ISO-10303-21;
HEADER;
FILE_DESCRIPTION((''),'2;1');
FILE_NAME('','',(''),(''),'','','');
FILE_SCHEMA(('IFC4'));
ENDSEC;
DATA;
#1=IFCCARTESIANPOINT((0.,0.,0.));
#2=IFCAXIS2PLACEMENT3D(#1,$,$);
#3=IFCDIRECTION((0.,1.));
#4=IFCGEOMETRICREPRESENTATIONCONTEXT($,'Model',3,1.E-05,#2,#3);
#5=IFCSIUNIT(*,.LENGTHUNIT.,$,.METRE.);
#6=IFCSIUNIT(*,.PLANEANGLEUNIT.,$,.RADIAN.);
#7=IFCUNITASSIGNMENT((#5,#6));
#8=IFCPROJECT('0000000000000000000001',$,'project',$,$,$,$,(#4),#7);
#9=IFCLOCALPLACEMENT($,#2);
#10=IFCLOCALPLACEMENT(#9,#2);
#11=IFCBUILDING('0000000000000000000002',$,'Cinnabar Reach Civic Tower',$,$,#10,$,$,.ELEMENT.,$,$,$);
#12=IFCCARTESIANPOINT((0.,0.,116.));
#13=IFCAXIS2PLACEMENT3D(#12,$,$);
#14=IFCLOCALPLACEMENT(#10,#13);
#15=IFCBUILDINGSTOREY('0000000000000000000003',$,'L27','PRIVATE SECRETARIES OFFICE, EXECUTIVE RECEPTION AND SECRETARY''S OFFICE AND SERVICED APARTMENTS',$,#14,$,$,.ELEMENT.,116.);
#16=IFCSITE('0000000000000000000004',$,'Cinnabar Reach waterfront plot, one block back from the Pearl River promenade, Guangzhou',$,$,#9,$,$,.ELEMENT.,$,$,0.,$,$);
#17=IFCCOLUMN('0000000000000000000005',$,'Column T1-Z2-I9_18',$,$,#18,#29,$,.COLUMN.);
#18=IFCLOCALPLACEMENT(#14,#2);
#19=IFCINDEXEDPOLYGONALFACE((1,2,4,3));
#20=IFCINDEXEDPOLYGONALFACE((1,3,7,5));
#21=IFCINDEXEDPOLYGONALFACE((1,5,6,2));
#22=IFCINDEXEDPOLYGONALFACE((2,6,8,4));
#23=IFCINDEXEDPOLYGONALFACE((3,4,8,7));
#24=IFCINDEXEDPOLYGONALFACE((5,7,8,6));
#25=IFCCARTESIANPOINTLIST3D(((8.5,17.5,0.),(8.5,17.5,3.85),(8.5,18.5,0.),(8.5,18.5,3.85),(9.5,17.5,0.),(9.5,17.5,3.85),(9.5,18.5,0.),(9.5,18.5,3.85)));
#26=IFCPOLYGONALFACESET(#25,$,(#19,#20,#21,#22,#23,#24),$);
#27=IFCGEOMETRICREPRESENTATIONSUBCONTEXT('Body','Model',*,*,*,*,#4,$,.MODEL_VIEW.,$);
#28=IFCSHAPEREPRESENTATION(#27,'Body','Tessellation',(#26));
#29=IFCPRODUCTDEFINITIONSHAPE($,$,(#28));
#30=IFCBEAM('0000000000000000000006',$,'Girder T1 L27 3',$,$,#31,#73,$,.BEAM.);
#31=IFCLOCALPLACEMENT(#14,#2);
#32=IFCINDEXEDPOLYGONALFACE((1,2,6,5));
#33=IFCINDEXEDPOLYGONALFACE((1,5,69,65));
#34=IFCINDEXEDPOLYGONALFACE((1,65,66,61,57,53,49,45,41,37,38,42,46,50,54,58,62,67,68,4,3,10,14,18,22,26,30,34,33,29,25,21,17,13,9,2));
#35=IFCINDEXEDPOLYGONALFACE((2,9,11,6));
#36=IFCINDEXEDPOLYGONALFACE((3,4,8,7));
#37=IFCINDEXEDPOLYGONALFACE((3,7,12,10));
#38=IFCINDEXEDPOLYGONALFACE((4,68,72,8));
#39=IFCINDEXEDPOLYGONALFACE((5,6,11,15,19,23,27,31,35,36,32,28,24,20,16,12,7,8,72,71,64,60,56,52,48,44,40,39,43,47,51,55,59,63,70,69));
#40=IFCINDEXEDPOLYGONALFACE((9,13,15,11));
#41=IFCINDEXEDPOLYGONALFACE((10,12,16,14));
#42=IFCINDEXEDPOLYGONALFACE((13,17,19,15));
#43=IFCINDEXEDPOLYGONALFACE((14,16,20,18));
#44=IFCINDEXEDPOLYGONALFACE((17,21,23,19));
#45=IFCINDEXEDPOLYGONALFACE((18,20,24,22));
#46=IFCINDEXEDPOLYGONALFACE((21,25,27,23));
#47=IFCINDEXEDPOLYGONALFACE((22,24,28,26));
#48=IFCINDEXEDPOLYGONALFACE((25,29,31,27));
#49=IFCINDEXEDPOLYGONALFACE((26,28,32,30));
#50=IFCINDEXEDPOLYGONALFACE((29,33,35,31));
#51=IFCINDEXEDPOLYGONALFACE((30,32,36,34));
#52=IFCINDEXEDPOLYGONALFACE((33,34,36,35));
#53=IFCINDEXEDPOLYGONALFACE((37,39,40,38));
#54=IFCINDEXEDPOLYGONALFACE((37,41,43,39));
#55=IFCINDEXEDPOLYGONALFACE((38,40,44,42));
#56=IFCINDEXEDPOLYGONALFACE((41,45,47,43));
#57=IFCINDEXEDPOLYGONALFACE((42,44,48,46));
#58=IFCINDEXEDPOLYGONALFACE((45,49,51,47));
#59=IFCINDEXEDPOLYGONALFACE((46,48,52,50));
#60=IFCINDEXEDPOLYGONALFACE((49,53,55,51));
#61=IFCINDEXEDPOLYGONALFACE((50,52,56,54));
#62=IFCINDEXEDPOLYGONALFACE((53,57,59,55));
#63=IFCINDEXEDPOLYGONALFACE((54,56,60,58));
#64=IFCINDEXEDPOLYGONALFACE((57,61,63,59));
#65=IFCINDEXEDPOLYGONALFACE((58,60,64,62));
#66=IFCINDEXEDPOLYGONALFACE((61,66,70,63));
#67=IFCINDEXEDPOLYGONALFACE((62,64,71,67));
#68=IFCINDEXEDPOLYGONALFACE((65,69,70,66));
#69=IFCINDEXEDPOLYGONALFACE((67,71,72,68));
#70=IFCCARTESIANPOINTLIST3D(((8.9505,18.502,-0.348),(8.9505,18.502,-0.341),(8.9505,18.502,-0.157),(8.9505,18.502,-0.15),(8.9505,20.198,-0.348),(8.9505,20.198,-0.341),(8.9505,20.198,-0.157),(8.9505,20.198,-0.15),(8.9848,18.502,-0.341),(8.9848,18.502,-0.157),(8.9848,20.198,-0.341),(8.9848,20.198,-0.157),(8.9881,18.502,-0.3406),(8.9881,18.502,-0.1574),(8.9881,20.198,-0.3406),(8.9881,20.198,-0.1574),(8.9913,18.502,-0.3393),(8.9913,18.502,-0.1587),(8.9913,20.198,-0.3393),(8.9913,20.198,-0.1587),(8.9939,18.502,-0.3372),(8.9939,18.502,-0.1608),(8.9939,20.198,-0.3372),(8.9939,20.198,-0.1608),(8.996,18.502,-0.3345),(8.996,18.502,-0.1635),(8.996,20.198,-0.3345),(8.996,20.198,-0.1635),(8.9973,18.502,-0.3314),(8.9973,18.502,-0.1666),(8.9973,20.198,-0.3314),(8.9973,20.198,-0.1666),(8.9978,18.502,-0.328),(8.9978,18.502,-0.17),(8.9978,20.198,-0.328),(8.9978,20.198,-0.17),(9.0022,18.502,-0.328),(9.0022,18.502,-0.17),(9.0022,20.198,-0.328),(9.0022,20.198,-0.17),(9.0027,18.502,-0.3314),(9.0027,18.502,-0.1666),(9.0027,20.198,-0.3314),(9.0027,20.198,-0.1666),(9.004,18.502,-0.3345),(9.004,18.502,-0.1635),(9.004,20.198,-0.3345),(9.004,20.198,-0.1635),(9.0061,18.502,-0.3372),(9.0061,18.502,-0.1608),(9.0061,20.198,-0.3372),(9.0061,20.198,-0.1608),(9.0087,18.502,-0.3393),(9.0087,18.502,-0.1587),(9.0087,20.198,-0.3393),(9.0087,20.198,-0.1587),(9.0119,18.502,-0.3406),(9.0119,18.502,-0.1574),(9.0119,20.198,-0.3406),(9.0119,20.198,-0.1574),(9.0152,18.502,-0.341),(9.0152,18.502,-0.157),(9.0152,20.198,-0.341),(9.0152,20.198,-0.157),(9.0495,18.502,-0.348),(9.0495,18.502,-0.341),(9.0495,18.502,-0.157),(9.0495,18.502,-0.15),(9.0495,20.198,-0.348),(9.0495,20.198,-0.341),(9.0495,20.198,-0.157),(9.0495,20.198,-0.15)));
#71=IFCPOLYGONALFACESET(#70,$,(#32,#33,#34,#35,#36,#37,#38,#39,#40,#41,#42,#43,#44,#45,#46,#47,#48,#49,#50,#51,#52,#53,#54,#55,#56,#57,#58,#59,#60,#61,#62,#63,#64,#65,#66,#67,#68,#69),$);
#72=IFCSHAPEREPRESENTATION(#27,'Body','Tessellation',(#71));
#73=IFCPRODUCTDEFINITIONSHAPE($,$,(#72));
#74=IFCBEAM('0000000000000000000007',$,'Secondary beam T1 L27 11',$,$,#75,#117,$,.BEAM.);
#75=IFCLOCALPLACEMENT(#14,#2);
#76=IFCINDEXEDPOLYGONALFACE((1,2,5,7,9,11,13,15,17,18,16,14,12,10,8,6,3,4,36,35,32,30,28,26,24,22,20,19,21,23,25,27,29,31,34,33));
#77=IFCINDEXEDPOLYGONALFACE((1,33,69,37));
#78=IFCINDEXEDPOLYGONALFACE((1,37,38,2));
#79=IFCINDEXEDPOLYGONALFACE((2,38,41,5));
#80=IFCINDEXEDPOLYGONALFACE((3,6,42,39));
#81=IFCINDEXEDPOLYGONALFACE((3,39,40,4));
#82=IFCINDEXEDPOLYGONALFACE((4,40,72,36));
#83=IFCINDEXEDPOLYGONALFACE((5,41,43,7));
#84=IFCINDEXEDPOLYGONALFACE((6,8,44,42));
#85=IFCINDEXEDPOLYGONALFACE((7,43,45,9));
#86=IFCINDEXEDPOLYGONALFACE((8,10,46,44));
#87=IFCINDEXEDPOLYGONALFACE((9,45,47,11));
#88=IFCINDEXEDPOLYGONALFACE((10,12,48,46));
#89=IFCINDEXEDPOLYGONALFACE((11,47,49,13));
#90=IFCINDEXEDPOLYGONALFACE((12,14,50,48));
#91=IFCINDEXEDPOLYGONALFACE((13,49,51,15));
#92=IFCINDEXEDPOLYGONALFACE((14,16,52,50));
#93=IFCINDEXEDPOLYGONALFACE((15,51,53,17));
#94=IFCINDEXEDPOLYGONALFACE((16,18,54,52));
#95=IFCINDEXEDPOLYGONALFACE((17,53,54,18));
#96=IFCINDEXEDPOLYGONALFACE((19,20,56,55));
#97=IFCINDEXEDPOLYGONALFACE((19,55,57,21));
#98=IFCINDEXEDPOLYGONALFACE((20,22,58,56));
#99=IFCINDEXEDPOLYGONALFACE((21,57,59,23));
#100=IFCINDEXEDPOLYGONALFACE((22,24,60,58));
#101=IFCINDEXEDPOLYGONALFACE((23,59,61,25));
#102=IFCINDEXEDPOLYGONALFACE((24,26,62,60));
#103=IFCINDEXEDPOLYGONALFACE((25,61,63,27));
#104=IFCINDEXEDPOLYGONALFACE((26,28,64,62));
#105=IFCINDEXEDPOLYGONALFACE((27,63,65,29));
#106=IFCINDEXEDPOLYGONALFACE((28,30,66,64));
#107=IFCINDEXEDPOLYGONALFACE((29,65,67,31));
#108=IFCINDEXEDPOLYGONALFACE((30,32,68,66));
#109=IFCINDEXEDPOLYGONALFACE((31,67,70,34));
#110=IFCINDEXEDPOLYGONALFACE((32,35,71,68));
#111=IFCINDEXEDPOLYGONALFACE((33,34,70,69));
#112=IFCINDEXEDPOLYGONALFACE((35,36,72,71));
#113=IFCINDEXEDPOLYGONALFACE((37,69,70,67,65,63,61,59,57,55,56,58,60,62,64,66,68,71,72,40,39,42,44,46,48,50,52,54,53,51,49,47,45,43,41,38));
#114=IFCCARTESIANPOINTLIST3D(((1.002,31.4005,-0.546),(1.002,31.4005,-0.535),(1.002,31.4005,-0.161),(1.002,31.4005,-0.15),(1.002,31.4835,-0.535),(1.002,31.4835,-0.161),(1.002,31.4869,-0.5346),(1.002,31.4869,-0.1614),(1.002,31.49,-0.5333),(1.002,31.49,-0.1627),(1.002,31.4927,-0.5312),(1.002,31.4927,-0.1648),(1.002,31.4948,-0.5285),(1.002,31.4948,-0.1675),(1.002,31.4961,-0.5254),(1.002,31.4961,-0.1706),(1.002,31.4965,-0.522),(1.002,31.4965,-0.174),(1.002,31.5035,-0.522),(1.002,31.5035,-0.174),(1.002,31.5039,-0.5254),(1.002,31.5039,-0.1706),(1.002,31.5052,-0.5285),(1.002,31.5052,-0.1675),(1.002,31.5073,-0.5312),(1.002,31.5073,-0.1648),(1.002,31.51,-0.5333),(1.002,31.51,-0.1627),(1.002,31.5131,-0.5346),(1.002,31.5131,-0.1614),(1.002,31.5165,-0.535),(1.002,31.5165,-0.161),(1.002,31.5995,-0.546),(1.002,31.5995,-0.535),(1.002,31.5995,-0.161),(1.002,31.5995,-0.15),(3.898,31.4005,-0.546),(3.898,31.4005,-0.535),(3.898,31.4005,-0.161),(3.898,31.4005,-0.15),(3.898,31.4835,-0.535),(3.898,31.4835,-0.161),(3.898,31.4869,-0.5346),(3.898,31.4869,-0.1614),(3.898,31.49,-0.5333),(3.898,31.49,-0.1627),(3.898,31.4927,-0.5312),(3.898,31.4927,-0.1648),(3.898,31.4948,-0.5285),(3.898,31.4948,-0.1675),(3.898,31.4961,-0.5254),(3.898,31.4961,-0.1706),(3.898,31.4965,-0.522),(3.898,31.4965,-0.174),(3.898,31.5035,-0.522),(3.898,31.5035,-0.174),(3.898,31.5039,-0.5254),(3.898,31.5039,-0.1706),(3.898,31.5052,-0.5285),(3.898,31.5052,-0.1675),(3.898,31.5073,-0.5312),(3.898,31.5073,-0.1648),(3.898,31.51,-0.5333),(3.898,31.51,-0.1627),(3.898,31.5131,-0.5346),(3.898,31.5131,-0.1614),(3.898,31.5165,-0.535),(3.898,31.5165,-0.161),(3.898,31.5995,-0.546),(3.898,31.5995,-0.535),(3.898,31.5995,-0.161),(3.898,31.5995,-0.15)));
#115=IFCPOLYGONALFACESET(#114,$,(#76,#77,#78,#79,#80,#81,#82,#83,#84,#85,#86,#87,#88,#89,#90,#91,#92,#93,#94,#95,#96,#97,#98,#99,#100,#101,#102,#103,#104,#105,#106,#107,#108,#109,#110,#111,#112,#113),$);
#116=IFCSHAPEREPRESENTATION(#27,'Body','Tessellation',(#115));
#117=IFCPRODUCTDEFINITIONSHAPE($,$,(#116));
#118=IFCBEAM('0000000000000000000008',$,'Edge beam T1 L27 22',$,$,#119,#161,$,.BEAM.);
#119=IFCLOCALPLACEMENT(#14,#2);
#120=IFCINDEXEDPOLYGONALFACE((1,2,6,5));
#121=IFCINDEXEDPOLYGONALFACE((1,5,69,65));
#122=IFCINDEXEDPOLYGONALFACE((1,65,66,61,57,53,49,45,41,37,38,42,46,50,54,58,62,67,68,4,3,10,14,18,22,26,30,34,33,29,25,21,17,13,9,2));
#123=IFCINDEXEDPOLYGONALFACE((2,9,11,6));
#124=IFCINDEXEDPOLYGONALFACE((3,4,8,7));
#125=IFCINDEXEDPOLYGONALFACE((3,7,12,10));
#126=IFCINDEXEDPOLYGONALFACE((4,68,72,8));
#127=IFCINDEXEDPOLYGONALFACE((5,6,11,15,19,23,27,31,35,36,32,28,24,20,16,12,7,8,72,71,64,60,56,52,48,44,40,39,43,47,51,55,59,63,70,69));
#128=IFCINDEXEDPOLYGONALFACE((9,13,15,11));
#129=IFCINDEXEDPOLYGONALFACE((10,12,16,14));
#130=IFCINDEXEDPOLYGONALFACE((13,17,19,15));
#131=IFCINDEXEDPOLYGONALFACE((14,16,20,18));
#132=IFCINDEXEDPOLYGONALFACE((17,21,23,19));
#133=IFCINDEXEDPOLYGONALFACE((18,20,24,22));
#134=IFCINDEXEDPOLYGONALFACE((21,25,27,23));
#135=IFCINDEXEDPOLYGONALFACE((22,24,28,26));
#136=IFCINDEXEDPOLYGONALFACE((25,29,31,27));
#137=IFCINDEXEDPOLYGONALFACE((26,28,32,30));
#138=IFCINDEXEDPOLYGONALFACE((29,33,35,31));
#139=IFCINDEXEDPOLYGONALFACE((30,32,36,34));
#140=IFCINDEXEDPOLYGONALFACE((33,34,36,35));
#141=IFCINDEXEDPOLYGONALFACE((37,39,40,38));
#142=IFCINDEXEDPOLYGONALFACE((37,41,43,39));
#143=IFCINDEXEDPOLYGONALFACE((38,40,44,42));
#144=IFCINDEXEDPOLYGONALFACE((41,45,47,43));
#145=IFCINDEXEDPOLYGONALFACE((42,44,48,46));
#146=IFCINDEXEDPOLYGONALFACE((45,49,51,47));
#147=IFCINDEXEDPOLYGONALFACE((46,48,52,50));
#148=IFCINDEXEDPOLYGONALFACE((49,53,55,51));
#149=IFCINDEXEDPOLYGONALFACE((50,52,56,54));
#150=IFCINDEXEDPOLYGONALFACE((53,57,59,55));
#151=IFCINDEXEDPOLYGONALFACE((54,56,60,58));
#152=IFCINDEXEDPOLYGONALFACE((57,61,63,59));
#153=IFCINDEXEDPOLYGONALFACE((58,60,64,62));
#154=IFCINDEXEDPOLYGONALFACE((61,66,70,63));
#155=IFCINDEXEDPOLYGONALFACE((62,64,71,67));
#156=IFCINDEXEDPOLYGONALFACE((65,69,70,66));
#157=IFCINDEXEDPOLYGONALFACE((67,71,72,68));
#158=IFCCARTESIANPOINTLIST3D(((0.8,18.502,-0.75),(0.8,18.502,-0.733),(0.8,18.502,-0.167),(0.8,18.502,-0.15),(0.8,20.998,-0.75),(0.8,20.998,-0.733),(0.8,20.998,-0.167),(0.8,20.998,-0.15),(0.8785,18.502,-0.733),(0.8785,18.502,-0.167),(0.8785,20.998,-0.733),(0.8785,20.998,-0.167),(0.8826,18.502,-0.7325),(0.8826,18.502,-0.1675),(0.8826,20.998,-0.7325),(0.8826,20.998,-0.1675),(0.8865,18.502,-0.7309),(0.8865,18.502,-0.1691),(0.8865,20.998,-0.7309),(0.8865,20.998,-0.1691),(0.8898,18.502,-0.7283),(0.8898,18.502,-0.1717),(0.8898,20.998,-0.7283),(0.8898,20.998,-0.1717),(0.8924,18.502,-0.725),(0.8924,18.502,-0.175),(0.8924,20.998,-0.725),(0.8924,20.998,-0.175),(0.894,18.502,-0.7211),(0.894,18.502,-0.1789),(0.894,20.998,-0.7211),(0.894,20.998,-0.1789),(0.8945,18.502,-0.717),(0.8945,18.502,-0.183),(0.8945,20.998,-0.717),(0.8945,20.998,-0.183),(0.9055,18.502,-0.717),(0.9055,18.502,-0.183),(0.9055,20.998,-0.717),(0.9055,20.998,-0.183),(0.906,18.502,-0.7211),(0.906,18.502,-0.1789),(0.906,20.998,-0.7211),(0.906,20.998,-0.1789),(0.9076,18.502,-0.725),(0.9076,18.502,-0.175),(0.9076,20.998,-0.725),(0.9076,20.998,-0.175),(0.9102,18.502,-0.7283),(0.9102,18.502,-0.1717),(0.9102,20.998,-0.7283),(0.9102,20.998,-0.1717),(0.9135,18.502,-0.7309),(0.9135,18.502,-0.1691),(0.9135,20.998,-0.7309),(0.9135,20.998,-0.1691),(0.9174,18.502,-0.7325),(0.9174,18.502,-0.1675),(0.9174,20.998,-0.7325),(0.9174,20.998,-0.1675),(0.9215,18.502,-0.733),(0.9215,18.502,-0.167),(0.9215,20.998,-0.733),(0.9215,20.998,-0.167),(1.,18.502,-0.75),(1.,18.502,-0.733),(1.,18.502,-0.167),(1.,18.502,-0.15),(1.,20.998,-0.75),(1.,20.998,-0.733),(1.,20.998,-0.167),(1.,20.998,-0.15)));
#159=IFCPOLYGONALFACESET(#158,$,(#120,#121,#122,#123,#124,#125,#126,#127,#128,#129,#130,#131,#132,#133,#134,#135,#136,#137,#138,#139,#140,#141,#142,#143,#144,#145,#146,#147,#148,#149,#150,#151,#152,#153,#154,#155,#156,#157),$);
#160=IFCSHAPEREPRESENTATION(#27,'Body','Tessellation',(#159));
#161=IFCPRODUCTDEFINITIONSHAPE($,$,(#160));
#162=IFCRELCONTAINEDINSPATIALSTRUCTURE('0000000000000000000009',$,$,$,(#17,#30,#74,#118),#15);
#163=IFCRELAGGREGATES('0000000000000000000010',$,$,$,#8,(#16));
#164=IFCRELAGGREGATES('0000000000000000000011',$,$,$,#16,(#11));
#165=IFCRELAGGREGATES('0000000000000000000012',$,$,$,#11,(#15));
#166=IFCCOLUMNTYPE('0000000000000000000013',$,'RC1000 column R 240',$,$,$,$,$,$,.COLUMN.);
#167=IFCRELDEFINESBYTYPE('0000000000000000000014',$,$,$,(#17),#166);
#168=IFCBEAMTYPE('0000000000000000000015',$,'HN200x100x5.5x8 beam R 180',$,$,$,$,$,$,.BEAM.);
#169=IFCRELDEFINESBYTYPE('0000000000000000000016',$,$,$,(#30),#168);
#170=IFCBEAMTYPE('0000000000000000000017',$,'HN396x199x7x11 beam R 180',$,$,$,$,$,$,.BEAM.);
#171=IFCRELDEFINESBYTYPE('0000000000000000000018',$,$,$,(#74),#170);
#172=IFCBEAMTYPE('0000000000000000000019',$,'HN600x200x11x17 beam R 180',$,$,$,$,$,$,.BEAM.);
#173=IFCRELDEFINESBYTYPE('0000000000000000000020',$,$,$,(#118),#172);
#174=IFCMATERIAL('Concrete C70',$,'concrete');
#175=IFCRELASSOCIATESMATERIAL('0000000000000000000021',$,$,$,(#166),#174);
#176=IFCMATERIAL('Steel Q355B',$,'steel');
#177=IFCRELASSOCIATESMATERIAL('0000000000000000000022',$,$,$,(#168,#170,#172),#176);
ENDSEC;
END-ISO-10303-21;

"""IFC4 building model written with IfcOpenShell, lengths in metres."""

from ifc_helpers import new_model, si_unit, direction, frame, origin, origin_2d, place, context, subcontext, project, spatial, rectangle, i_section, extrude, material, material_profile, profile_set, type_object, element, save


model = new_model("IFC4")

# Units and contexts
model_context = context("Model", 3, precision=1e-05, world=origin(), true_north=direction((0.0, 1.0)))
body_context = subcontext(model_context, "Body", "Model", "MODEL_VIEW")
ifc_project = project(units=[si_unit("LENGTHUNIT", "METRE"), si_unit("PLANEANGLEUNIT", "RADIAN")], contexts=[model_context])

# Site, building, storey
site_placement = place(None, origin())
site = spatial("IfcSite", under=ifc_project, at=site_placement, Name="Cinnabar Reach waterfront plot, one block back from the Pearl River promenade, Guangzhou", CompositionType="ELEMENT", RefElevation=0.0)
building_placement = place(site_placement, origin())
building = spatial("IfcBuilding", under=site, at=building_placement, Name="Cinnabar Reach Civic Tower", CompositionType="ELEMENT")
storey_placement = place(building_placement, frame((0.0, 0.0, 116.0)))
storey = spatial("IfcBuildingStorey", under=building, at=storey_placement, Name="L27", Description="PRIVATE SECRETARIES OFFICE, EXECUTIVE RECEPTION AND SECRETARY'S OFFICE AND SERVICED APARTMENTS", CompositionType="ELEMENT", Elevation=116.0)

# Column
ifc_material_1 = material(Name="Concrete C70", Category="concrete")
ifc_material_profile_1 = material_profile(ifc_material_1, rectangle(XDim=1.0, YDim=1.0, at=origin_2d()), Name="RC1000")
ifc_profile_set_1 = profile_set([ifc_material_profile_1], Name="Concrete C70")
column_type = type_object("IfcColumnType", Name="RC1000 column R 240", PredefinedType="COLUMN", material=ifc_profile_set_1)
column_placement = place(storey_placement, frame((9.0, 18.0, 0.0), z_axis=(0.0, 0.0, 1.0), x_axis=(1.0, 0.0, 0.0)))
element("IfcColumn", 1, at=column_placement, inside=storey, type_object=column_type, Name="Column T1-Z2-I9_18", PredefinedType="COLUMN", context=body_context, shape_type="SweptSolid", body=[
    extrude(rectangle(XDim=1.0, YDim=1.0, at=origin_2d()), origin(), (0.0, 0.0, 1.0), 3.85),
])

# Beams
ifc_material_2 = material(Name="Steel Q355B", Category="steel")
ifc_material_profile_2 = material_profile(ifc_material_2, i_section(OverallWidth=0.099, OverallDepth=0.198, WebThickness=0.0045, FlangeThickness=0.007, FilletRadius=0.013, at=origin_2d()), Name="HN200x100x5.5x8")
ifc_profile_set_2 = profile_set([ifc_material_profile_2], Name="Steel Q355B")
beam_type_1 = type_object("IfcBeamType", Name="HN200x100x5.5x8 beam R 180", PredefinedType="BEAM", material=ifc_profile_set_2)
beam_1_placement = place(storey_placement, frame((9.0, 18.502, -0.249), z_axis=(0.0, 1.0, 0.0), x_axis=(-1.0, 0.0, 0.0)))
element("IfcBeam", 2, at=beam_1_placement, inside=storey, type_object=beam_type_1, Name="Girder T1 L27 3", PredefinedType="BEAM", context=body_context, shape_type="SweptSolid", body=[
    extrude(i_section(OverallWidth=0.099, OverallDepth=0.198, WebThickness=0.0045, FlangeThickness=0.007, FilletRadius=0.013, at=origin_2d()), origin(), (0.0, 0.0, 1.0), 1.696),
])
ifc_material_profile_3 = material_profile(ifc_material_2, i_section(OverallWidth=0.199, OverallDepth=0.396, WebThickness=0.007, FlangeThickness=0.011, FilletRadius=0.013, at=origin_2d()), Name="HN396x199x7x11")
ifc_profile_set_3 = profile_set([ifc_material_profile_3], Name="Steel Q355B")
beam_type_2 = type_object("IfcBeamType", Name="HN396x199x7x11 beam R 180", PredefinedType="BEAM", material=ifc_profile_set_3)
beam_2_placement = place(storey_placement, frame((1.002, 31.5, -0.348), z_axis=(1.0, 0.0, 0.0), x_axis=(0.0, 1.0, 0.0)))
element("IfcBeam", 3, at=beam_2_placement, inside=storey, type_object=beam_type_2, Name="Secondary beam T1 L27 11", PredefinedType="BEAM", context=body_context, shape_type="SweptSolid", body=[
    extrude(i_section(OverallWidth=0.199, OverallDepth=0.396, WebThickness=0.007, FlangeThickness=0.011, FilletRadius=0.013, at=origin_2d()), origin(), (0.0, 0.0, 1.0), 2.896),
])
ifc_material_profile_4 = material_profile(ifc_material_2, i_section(OverallWidth=0.2, OverallDepth=0.6, WebThickness=0.011, FlangeThickness=0.017, FilletRadius=0.016, at=origin_2d()), Name="HN600x200x11x17")
ifc_profile_set_4 = profile_set([ifc_material_profile_4], Name="Steel Q355B")
beam_type_3 = type_object("IfcBeamType", Name="HN600x200x11x17 beam R 180", PredefinedType="BEAM", material=ifc_profile_set_4)
beam_3_placement = place(storey_placement, frame((0.9, 20.998, -0.45), z_axis=(0.0, -1.0, 0.0), x_axis=(1.0, 0.0, 0.0)))
element("IfcBeam", 4, at=beam_3_placement, inside=storey, type_object=beam_type_3, Name="Edge beam T1 L27 22", PredefinedType="BEAM", context=body_context, shape_type="SweptSolid", body=[
    extrude(i_section(OverallWidth=0.2, OverallDepth=0.6, WebThickness=0.011, FlangeThickness=0.017, FilletRadius=0.016, at=origin_2d()), origin(), (0.0, 0.0, 1.0), 2.496),
])

save(model, "model.ifc")
